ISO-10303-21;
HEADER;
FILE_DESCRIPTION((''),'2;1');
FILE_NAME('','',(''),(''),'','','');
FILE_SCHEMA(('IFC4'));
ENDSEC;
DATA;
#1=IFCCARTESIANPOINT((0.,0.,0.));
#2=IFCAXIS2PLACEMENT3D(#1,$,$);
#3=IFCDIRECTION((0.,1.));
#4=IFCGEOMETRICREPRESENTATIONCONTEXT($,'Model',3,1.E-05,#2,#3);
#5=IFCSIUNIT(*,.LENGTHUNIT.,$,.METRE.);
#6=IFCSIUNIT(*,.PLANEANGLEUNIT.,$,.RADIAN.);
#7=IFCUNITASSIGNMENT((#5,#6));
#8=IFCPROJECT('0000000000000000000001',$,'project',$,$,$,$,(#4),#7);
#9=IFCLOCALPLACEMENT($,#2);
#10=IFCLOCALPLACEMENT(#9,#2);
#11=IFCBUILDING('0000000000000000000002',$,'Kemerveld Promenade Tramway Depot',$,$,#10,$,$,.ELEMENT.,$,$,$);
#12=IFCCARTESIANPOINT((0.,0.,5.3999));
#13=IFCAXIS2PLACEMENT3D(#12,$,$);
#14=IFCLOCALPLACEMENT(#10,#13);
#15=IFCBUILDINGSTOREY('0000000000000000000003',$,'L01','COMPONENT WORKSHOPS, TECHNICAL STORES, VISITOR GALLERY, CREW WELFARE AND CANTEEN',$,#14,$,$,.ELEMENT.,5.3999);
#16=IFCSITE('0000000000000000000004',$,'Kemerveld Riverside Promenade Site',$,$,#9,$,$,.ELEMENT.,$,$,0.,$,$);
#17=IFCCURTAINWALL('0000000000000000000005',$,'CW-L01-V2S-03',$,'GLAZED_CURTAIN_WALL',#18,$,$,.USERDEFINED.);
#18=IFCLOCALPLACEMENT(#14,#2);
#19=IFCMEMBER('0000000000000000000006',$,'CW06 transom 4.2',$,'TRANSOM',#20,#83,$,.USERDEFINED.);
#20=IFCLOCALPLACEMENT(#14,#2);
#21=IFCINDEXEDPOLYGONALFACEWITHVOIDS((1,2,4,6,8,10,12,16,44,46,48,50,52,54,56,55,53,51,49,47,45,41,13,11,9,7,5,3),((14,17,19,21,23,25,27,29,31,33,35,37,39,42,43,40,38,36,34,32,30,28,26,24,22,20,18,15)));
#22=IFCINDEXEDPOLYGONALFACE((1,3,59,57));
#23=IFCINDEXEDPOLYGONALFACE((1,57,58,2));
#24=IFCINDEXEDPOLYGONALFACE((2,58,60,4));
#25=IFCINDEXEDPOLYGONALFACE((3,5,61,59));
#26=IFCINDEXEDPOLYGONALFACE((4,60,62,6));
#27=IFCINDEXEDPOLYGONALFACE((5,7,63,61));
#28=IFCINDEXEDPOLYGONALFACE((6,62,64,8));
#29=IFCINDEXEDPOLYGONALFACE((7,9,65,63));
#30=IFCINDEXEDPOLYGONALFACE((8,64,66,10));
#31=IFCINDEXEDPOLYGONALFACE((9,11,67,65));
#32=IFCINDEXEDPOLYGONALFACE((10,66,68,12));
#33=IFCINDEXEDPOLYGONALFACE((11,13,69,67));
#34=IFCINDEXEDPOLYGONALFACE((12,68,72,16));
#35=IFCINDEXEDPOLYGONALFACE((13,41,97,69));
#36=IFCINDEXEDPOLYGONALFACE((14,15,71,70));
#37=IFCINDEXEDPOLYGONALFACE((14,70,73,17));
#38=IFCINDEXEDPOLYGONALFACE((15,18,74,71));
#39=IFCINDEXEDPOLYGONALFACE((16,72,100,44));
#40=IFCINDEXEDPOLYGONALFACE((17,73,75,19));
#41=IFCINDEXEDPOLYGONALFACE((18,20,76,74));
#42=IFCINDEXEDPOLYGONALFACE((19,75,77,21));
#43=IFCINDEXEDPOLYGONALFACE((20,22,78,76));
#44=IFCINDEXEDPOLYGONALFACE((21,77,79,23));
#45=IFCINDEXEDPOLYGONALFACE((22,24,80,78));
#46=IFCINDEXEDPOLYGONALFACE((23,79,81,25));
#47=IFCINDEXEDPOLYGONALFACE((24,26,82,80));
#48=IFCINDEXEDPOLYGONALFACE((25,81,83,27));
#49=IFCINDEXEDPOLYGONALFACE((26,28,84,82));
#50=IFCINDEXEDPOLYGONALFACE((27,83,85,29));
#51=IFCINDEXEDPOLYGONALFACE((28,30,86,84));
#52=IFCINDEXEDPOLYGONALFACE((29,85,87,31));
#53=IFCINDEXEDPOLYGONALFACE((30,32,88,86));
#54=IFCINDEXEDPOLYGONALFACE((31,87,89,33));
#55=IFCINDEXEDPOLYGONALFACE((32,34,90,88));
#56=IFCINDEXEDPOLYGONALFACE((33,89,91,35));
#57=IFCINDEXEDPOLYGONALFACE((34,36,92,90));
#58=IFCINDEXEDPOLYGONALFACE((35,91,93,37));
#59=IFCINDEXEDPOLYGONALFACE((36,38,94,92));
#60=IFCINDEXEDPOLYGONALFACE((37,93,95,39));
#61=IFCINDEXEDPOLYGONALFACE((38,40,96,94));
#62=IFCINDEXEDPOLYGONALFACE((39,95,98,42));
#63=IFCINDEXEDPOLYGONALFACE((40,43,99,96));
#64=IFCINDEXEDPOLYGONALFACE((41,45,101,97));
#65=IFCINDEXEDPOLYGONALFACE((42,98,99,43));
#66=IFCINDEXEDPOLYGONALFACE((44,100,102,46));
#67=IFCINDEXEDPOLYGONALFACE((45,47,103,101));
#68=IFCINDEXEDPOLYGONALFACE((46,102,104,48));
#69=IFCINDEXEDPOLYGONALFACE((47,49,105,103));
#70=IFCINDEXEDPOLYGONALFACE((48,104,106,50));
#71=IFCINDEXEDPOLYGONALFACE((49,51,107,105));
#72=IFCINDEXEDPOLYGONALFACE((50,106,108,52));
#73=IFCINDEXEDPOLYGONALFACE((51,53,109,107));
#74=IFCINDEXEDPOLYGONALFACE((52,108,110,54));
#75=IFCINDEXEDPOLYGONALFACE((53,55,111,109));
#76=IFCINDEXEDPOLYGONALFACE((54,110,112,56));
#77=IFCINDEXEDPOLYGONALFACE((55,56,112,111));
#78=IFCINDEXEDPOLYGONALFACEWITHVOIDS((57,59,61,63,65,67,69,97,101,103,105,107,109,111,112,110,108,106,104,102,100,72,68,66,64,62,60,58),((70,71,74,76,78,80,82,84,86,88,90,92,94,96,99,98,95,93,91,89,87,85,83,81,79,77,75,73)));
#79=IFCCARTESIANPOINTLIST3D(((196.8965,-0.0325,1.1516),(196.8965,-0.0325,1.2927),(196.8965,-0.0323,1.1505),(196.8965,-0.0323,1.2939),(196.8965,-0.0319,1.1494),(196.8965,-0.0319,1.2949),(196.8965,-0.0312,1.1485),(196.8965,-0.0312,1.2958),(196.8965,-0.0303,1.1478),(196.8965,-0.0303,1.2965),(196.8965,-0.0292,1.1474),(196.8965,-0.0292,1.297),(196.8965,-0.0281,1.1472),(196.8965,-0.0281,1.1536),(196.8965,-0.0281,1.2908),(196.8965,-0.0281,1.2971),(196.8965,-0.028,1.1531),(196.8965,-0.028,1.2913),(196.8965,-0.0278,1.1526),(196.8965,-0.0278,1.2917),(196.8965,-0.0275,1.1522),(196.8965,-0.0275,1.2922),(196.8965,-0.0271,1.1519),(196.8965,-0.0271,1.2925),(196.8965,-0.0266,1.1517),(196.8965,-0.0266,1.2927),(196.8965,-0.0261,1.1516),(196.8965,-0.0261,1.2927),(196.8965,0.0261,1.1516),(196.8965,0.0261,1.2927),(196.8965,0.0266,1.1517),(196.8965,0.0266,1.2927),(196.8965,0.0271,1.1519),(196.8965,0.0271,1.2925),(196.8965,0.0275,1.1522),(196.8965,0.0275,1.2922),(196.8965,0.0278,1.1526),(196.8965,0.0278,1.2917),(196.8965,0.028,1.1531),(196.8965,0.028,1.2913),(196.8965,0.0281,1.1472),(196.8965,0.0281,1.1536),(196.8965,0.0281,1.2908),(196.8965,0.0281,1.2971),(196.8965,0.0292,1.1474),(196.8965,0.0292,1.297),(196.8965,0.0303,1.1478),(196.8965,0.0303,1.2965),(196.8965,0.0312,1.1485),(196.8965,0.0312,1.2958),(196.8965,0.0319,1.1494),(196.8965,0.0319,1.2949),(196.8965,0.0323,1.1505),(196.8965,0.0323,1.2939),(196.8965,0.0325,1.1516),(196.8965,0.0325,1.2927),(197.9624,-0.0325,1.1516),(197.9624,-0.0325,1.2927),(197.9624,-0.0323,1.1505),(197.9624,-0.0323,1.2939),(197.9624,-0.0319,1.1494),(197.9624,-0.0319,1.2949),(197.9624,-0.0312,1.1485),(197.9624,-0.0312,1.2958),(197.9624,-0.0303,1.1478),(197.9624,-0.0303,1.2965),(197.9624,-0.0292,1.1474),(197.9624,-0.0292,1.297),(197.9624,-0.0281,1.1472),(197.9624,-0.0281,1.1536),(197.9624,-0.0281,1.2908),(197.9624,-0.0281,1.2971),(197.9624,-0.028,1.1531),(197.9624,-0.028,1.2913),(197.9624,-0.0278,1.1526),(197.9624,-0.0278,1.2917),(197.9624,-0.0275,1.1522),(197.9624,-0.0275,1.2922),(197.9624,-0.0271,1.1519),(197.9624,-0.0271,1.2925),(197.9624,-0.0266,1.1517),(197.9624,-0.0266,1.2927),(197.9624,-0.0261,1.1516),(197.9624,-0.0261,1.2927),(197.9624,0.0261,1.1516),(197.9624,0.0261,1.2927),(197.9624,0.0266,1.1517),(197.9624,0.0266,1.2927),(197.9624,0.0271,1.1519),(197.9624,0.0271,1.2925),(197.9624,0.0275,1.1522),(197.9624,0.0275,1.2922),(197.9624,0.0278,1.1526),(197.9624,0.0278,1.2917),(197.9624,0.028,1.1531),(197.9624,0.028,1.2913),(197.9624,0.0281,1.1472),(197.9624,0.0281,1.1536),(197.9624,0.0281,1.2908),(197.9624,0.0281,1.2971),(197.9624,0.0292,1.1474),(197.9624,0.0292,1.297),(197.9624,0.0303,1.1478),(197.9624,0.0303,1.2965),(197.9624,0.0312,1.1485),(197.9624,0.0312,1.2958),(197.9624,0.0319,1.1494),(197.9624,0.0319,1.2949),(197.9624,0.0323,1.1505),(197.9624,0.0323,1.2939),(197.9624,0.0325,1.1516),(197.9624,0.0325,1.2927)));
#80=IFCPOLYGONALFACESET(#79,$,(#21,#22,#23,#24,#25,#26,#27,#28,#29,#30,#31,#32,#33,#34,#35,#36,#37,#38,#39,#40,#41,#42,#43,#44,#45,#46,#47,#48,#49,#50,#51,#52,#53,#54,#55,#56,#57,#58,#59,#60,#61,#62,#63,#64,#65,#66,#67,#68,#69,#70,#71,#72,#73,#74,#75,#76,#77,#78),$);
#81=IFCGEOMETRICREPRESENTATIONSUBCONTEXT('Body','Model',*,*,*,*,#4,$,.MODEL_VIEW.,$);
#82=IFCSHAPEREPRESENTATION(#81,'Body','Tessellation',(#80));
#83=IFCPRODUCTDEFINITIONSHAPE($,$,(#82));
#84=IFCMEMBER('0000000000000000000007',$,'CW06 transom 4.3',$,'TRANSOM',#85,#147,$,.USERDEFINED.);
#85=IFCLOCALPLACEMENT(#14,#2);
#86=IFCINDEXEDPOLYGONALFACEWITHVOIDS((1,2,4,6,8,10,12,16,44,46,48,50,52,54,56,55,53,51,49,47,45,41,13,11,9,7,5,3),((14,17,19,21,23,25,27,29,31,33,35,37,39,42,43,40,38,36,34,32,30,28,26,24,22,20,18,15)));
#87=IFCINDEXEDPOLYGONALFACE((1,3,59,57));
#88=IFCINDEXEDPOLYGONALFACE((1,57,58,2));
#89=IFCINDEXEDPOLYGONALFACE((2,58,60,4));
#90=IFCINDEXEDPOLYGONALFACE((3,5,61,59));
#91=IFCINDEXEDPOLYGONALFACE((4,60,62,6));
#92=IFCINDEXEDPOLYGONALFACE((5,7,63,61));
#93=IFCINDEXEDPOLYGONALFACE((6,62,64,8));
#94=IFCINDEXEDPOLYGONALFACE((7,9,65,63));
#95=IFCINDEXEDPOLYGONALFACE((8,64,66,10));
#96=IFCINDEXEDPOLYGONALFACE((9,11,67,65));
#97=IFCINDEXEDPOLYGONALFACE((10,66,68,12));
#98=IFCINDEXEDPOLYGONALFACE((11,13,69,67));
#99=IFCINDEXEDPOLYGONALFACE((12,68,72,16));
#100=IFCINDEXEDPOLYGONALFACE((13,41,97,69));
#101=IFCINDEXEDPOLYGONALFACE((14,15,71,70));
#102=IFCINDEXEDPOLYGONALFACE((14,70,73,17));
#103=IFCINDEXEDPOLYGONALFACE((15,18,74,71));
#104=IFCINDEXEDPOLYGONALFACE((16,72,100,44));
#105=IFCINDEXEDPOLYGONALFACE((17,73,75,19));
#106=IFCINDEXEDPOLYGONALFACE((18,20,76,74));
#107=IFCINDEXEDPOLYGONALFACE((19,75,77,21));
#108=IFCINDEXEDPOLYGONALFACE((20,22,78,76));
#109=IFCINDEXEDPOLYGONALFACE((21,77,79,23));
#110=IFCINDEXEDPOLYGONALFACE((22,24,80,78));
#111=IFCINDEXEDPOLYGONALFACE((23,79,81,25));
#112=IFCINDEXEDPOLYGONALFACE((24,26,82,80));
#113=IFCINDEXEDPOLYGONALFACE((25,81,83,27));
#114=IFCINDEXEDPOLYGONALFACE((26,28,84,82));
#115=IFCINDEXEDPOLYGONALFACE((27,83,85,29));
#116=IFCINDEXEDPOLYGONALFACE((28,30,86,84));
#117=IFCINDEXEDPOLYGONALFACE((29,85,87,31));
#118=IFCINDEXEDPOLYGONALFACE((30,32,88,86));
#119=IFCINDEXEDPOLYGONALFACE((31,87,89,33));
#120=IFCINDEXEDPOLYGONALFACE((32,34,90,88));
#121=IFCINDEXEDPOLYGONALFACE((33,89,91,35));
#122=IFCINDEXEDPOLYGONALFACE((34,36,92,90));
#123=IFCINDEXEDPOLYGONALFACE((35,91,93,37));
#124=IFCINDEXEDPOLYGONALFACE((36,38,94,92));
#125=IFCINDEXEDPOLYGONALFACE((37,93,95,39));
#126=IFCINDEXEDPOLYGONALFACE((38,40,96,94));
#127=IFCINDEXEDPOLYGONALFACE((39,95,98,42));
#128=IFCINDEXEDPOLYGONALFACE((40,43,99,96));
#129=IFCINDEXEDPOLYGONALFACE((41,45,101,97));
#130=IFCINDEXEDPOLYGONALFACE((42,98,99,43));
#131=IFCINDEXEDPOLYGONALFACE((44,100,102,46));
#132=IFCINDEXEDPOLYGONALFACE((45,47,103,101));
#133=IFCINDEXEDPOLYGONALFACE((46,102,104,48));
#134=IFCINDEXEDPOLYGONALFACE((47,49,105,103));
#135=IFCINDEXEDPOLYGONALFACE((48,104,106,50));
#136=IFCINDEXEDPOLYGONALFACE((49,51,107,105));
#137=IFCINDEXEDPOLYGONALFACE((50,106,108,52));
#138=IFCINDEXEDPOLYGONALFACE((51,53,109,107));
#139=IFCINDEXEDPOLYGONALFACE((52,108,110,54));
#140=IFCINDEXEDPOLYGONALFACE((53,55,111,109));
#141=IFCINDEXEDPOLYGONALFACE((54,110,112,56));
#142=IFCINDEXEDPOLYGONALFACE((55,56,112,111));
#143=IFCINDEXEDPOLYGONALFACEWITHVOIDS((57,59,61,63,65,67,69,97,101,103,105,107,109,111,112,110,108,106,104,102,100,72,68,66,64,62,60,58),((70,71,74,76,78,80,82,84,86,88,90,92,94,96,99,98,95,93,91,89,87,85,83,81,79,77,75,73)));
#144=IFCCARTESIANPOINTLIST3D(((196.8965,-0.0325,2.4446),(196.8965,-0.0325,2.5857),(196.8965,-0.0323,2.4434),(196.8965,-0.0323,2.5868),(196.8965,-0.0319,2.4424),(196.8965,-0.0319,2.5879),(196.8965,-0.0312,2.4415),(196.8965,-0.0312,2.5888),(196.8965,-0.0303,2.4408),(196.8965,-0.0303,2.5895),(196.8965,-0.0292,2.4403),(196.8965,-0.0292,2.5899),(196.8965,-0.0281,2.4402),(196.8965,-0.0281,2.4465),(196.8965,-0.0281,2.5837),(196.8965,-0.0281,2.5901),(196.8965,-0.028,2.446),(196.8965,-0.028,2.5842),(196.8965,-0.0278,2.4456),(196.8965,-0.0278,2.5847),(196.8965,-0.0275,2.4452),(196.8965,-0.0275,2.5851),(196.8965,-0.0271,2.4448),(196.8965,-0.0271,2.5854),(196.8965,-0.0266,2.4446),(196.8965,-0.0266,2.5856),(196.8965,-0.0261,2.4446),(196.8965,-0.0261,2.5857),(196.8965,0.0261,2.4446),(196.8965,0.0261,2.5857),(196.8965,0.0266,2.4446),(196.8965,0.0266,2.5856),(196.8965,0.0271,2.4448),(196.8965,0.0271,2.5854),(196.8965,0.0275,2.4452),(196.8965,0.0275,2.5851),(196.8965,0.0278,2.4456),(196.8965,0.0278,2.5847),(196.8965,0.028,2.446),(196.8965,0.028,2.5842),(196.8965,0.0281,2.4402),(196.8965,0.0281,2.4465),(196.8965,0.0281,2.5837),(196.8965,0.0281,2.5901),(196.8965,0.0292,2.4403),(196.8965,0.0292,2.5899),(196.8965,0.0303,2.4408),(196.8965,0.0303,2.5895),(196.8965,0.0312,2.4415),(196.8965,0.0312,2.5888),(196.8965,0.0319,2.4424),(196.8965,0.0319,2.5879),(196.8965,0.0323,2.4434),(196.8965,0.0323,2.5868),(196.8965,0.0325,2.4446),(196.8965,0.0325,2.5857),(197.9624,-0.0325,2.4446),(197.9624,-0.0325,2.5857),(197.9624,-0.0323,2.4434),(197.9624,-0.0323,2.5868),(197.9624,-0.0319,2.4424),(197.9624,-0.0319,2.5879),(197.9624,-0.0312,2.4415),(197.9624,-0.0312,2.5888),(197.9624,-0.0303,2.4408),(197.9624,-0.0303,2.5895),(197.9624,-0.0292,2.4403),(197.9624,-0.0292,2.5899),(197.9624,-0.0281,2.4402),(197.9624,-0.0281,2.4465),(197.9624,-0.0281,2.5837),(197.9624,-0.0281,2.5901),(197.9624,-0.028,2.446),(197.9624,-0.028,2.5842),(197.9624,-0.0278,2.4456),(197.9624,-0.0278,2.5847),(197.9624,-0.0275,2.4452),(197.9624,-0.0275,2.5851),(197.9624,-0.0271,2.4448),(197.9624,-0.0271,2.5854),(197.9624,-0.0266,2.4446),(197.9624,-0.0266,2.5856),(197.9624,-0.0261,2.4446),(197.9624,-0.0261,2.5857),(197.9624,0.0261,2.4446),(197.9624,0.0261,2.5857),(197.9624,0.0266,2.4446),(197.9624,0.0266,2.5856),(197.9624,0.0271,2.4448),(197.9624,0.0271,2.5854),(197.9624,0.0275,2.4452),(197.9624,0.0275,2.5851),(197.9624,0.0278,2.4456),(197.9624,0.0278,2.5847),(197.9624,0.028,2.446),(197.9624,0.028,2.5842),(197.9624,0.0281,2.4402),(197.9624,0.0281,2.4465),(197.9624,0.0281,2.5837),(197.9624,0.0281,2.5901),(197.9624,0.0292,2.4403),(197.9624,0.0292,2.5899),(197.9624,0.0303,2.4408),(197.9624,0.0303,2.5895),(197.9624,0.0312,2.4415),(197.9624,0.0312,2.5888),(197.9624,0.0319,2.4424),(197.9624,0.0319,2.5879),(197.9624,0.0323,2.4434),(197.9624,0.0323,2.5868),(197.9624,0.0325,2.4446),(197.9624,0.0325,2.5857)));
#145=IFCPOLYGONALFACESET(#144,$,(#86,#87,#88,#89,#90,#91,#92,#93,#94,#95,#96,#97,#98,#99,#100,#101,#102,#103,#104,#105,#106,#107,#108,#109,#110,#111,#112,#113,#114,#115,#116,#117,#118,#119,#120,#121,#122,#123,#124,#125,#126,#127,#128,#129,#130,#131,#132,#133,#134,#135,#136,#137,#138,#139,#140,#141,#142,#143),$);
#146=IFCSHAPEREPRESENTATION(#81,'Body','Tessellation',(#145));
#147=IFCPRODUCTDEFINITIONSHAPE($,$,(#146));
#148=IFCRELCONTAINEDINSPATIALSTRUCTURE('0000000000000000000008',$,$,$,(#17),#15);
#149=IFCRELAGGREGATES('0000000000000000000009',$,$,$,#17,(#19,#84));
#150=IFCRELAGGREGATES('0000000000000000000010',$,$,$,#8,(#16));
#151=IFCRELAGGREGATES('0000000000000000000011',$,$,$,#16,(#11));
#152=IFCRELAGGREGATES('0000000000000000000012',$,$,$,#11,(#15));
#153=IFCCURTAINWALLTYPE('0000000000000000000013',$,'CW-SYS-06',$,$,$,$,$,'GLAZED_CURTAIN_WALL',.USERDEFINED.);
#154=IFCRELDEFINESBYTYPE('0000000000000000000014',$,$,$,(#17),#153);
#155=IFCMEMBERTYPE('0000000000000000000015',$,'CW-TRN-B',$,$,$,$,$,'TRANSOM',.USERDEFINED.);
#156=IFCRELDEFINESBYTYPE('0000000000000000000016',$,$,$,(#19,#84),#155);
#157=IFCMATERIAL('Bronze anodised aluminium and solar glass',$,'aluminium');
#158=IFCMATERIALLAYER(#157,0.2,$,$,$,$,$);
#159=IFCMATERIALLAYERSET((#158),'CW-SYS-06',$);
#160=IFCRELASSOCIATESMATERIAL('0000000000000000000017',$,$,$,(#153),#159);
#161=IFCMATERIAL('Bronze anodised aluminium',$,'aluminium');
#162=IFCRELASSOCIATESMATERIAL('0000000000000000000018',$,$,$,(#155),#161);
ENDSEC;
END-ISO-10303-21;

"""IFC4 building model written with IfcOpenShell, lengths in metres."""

from ifc_helpers import new_model, si_unit, direction, frame, origin, origin_2d, place, context, subcontext, project, spatial, hollow_rectangle, extrude, material, layer, layer_set, material_profile, profile_set, type_object, element, aggregate, save


model = new_model("IFC4")

# Units and contexts
model_context = context("Model", 3, precision=1e-05, world=origin(), true_north=direction((0.0, 1.0)))
body_context = subcontext(model_context, "Body", "Model", "MODEL_VIEW")
ifc_project = project(units=[si_unit("LENGTHUNIT", "METRE"), si_unit("PLANEANGLEUNIT", "RADIAN")], contexts=[model_context])

# Site, building, storey
site_placement = place(None, origin())
site = spatial("IfcSite", under=ifc_project, at=site_placement, Name="Kemerveld Riverside Promenade Site", CompositionType="ELEMENT", RefElevation=0.0)
building_placement = place(site_placement, origin())
building = spatial("IfcBuilding", under=site, at=building_placement, Name="Kemerveld Promenade Tramway Depot", CompositionType="ELEMENT")
storey_placement = place(building_placement, frame((0.0, 0.0, 5.3999)))
storey = spatial("IfcBuildingStorey", under=building, at=storey_placement, Name="L01", Description="COMPONENT WORKSHOPS, TECHNICAL STORES, VISITOR GALLERY, CREW WELFARE AND CANTEEN", CompositionType="ELEMENT", Elevation=5.3999)

# Curtain wall, members
ifc_material_1 = material(Name="Bronze anodised aluminium and solar glass", Category="aluminium")
ifc_layer_1 = layer(ifc_material_1, 0.2)
ifc_layer_set_1 = layer_set([ifc_layer_1], Name="CW-SYS-06")
curtain_wall_type = type_object("IfcCurtainWallType", Name="CW-SYS-06", ElementType="GLAZED_CURTAIN_WALL", PredefinedType="USERDEFINED", material=ifc_layer_set_1)
curtain_wall_placement = place(storey_placement, origin())
curtain_wall = element("IfcCurtainWall", 1, at=curtain_wall_placement, inside=storey, type_object=curtain_wall_type, Name="CW-L01-V2S-03", ObjectType="GLAZED_CURTAIN_WALL", PredefinedType="USERDEFINED")
ifc_material_2 = material(Name="Bronze anodised aluminium", Category="aluminium")
ifc_material_profile_1 = material_profile(ifc_material_2, hollow_rectangle(XDim=0.0649, YDim=0.1499, WallThickness=0.0044, InnerFilletRadius=0.002, OuterFilletRadius=0.0044, at=origin_2d()), Name="CW-TRN-150x65")
ifc_profile_set_1 = profile_set([ifc_material_profile_1], Name="Bronze anodised aluminium")
member_type_1 = type_object("IfcMemberType", Name="CW-TRN-B", ElementType="TRANSOM", PredefinedType="USERDEFINED", material=ifc_profile_set_1)
member_1_placement = place(storey_placement, frame((197.9624, 0.0, 1.2222), z_axis=(-1.0, 0.0, 0.0), x_axis=(0.0, -1.0, 0.0)))
member_1 = element("IfcMember", 2, at=member_1_placement, type_object=member_type_1, Name="CW06 transom 4.2", ObjectType="TRANSOM", PredefinedType="USERDEFINED", context=body_context, shape_type="SweptSolid", body=[
    extrude(hollow_rectangle(XDim=0.0649, YDim=0.1499, WallThickness=0.0044, InnerFilletRadius=0.002, OuterFilletRadius=0.0044, at=origin_2d()), origin(), (0.0, 0.0, 1.0), 1.0659),
])
member_2_placement = place(storey_placement, frame((197.9624, 0.0, 2.5151), z_axis=(-1.0, 0.0, 0.0), x_axis=(0.0, -1.0, 0.0)))
member_2 = element("IfcMember", 3, at=member_2_placement, type_object=member_type_1, Name="CW06 transom 4.3", ObjectType="TRANSOM", PredefinedType="USERDEFINED", context=body_context, shape_type="SweptSolid", body=[
    extrude(hollow_rectangle(XDim=0.0649, YDim=0.1499, WallThickness=0.0044, InnerFilletRadius=0.002, OuterFilletRadius=0.0044, at=origin_2d()), origin(), (0.0, 0.0, 1.0), 1.0659),
])
aggregate(curtain_wall, [member_1, member_2])

save(model, "model.ifc")
